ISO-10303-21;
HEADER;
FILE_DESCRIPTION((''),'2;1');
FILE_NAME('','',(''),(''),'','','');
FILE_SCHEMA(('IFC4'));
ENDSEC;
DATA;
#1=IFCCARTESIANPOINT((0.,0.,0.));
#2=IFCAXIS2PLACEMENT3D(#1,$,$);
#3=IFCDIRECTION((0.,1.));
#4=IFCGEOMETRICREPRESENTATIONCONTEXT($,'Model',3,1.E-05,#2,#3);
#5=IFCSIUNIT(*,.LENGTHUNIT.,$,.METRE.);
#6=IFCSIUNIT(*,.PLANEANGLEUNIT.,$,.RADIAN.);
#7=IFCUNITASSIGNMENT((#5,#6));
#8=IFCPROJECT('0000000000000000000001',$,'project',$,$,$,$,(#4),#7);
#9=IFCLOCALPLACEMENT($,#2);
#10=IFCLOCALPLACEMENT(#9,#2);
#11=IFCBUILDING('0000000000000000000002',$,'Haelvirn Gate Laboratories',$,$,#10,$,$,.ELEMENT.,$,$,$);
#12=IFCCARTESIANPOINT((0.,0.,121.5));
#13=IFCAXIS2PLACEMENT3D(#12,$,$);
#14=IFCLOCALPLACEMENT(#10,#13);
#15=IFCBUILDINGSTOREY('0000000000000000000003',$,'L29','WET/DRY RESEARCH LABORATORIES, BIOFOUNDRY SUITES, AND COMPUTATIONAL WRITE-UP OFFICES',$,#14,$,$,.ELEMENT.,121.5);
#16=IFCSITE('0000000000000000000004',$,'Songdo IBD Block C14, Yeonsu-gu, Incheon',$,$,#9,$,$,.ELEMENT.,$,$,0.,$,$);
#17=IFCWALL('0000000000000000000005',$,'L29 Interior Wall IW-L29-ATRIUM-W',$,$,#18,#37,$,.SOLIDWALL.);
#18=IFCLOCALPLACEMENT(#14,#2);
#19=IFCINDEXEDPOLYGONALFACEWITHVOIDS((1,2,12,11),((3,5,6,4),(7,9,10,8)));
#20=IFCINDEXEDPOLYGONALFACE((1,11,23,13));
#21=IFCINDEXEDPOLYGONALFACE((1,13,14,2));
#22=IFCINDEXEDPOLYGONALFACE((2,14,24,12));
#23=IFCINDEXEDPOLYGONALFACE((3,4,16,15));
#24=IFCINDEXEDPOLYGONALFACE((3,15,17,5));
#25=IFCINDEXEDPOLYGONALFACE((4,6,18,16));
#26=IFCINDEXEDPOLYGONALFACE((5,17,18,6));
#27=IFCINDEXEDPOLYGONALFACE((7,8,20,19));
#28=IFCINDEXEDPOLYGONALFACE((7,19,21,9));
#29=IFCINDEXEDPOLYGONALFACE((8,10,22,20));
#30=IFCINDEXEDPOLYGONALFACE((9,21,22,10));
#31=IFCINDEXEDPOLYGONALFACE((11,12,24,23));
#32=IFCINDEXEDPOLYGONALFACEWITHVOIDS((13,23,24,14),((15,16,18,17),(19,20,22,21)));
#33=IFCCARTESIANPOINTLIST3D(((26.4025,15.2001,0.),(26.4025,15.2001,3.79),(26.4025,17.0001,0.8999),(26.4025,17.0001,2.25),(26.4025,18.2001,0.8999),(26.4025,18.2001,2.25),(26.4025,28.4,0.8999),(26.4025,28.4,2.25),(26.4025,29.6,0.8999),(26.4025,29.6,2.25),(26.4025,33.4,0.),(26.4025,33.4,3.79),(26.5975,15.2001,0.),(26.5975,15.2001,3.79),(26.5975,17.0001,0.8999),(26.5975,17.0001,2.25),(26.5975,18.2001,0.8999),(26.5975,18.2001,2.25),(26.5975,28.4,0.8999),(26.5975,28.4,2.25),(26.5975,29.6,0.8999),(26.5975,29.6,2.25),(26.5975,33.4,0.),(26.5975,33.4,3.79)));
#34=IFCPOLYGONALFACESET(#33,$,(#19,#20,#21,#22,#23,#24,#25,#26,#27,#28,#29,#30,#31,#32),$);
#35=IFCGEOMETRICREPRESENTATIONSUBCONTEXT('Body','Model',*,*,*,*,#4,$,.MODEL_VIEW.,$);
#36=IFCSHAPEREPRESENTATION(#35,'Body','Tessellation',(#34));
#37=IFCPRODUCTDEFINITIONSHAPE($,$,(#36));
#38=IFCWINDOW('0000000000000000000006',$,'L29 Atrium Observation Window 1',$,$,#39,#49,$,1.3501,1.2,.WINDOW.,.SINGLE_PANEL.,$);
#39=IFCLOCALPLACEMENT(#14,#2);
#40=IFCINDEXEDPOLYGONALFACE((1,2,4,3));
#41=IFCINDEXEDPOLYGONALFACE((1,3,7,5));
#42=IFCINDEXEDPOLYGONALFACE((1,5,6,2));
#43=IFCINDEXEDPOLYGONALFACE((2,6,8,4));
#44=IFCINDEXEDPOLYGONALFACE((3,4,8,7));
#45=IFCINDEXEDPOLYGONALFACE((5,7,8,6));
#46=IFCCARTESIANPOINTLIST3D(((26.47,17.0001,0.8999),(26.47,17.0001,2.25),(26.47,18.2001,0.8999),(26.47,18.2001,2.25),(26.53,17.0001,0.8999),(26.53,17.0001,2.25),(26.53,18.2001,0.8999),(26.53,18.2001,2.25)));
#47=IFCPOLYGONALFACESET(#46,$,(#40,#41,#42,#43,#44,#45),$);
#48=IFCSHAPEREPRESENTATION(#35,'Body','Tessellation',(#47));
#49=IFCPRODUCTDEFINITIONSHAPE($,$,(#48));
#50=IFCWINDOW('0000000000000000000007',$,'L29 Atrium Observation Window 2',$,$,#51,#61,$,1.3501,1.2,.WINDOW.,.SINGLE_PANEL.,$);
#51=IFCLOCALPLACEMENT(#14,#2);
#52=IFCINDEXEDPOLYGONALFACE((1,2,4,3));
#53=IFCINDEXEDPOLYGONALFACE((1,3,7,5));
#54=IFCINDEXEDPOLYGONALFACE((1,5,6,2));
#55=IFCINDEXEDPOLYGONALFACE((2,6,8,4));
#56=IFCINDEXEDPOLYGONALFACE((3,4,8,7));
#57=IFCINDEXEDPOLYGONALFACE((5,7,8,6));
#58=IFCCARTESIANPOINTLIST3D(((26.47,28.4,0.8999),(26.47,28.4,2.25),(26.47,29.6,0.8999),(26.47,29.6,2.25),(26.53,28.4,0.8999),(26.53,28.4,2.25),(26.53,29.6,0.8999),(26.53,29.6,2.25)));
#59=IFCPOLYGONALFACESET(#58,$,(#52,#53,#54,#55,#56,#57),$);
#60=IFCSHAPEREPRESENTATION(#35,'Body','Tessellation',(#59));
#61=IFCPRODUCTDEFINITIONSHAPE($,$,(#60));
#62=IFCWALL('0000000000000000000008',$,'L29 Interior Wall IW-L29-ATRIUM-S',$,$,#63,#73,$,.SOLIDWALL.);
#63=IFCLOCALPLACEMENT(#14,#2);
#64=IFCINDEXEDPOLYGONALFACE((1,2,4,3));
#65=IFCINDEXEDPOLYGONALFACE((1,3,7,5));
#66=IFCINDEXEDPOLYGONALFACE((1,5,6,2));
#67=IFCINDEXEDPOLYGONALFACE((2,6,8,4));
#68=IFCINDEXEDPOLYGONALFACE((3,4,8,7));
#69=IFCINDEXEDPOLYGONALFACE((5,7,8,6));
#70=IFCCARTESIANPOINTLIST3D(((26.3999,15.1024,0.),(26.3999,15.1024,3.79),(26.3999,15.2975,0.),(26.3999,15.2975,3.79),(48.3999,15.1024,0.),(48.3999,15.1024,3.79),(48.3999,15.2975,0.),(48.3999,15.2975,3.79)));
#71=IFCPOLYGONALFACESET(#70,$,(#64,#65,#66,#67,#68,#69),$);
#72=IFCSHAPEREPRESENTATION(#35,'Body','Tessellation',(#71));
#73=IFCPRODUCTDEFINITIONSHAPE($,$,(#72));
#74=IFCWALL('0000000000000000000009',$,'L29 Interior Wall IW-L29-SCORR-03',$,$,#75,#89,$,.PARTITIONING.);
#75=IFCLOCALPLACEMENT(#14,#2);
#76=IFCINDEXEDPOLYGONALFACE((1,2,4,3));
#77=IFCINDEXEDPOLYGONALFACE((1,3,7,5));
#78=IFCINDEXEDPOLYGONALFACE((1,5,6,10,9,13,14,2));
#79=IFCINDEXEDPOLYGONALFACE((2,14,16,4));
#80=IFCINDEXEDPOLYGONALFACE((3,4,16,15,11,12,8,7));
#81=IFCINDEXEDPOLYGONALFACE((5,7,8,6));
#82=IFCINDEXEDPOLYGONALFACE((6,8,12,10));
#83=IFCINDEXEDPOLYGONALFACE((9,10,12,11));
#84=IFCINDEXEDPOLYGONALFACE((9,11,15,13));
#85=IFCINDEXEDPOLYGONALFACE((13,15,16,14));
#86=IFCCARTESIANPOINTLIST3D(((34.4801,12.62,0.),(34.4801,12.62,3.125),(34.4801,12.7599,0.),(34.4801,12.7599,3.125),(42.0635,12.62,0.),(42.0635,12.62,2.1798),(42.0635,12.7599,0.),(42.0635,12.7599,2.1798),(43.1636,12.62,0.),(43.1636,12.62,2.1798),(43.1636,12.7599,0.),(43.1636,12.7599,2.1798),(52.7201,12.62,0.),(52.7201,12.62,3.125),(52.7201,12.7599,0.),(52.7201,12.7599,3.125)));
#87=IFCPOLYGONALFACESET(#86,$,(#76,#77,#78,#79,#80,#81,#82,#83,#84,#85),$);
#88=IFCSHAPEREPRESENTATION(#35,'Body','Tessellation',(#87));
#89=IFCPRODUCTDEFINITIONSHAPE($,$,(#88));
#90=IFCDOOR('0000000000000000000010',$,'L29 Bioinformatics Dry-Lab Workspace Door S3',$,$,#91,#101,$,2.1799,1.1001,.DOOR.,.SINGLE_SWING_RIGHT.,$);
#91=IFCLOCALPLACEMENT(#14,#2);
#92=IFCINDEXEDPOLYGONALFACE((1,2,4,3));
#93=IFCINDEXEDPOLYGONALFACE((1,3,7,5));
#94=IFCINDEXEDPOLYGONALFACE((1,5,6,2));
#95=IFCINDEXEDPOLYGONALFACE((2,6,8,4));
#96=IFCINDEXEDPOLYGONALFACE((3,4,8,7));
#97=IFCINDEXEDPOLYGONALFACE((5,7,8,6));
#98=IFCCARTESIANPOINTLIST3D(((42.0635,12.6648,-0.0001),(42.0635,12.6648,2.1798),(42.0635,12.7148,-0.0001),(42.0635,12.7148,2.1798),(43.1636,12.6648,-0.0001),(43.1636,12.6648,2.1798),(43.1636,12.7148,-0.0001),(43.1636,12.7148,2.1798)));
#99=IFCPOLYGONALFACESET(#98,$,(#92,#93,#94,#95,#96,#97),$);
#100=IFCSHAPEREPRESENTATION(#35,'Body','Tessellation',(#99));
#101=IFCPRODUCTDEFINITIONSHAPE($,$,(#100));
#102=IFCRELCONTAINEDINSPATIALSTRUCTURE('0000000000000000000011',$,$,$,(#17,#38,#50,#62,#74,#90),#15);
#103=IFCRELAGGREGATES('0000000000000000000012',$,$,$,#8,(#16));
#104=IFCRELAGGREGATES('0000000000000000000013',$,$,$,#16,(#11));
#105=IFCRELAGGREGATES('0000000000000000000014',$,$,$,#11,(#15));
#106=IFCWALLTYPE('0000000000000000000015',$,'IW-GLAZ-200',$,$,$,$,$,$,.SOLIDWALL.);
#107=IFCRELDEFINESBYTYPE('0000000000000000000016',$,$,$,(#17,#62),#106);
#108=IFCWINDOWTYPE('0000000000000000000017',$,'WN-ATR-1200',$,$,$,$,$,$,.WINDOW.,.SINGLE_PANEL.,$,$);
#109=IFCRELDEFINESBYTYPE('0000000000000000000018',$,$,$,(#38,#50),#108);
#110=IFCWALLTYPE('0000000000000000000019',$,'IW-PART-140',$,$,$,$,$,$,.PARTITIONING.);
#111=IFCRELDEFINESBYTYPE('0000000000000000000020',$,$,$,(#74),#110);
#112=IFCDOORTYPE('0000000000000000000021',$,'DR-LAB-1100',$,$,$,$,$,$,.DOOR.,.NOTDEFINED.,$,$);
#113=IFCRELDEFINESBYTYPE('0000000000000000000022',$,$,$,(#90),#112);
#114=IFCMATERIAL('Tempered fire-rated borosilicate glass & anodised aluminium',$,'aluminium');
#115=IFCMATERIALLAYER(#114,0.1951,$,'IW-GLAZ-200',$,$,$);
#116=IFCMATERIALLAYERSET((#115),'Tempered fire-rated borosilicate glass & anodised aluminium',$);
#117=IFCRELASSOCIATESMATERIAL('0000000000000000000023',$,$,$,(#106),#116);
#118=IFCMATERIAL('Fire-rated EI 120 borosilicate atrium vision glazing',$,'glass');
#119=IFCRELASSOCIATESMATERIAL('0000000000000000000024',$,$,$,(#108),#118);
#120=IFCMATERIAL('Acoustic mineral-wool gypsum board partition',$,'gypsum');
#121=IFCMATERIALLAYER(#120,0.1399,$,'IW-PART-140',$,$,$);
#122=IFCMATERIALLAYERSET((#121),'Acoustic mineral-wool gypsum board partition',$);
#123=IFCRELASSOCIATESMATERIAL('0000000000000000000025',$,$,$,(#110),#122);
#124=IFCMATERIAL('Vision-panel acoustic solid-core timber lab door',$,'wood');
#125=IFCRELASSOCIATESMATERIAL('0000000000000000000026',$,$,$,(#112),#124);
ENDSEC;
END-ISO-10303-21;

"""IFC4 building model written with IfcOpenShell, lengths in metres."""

from ifc_helpers import new_model, si_unit, direction, frame, frame_2d, origin, place, context, subcontext, project, spatial, rectangle, extrude, source, transform, mapped, material, layer, layer_set, type_object, type_shapes, element, fill, save


model = new_model("IFC4")

# Units and contexts
model_context = context("Model", 3, precision=1e-05, world=origin(), true_north=direction((0.0, 1.0)))
body_context = subcontext(model_context, "Body", "Model", "MODEL_VIEW")
ifc_project = project(units=[si_unit("LENGTHUNIT", "METRE"), si_unit("PLANEANGLEUNIT", "RADIAN")], contexts=[model_context])

# Site, building, storey
site_placement = place(None, origin())
site = spatial("IfcSite", under=ifc_project, at=site_placement, Name="Songdo IBD Block C14, Yeonsu-gu, Incheon", CompositionType="ELEMENT", RefElevation=0.0)
building_placement = place(site_placement, origin())
building = spatial("IfcBuilding", under=site, at=building_placement, Name="Haelvirn Gate Laboratories", CompositionType="ELEMENT")
storey_placement = place(building_placement, frame((0.0, 0.0, 121.5)))
storey = spatial("IfcBuildingStorey", under=building, at=storey_placement, Name="L29", Description="WET/DRY RESEARCH LABORATORIES, BIOFOUNDRY SUITES, AND COMPUTATIONAL WRITE-UP OFFICES", CompositionType="ELEMENT", Elevation=121.5)

# Wall, openings, windows
ifc_material_1 = material(Name="Tempered fire-rated borosilicate glass & anodised aluminium", Category="aluminium")
ifc_layer_1 = layer(ifc_material_1, 0.1951, Name="IW-GLAZ-200")
ifc_layer_set_1 = layer_set([ifc_layer_1], Name="Tempered fire-rated borosilicate glass & anodised aluminium")
wall_type_1 = type_object("IfcWallType", Name="IW-GLAZ-200", PredefinedType="SOLIDWALL", material=ifc_layer_set_1)
wall_1_placement = place(storey_placement, frame((26.5, 15.2, 0.0), z_axis=(0.0, 0.0, 1.0), x_axis=(0.0, 1.0, 0.0)))
wall_1 = element("IfcWall", 1, at=wall_1_placement, inside=storey, type_object=wall_type_1, Name="L29 Interior Wall IW-L29-ATRIUM-W", PredefinedType="SOLIDWALL", context=body_context, shape_type="SweptSolid", body=[
    extrude(rectangle(XDim=18.2, YDim=0.1951, at=frame_2d((9.1001, 0.0))), origin(), (0.0, 0.0, 1.0), 3.79),
])
opening_1_placement = place(wall_1_placement, frame((1.8, 0.0, 0.8999)))
opening_1 = element("IfcOpeningElement", 2, at=opening_1_placement, cuts=wall_1, PredefinedType="OPENING", context=body_context, shape_type="SweptSolid", body=[
    extrude(rectangle(XDim=1.2, YDim=1.3501, at=frame_2d((0.6001, 0.675))), frame((0.0, 0.1074, 0.0), z_axis=(0.0, -1.0, 0.0), x_axis=(1.0, 0.0, 0.0)), (0.0, 0.0, 1.0), 0.2151),
])
opening_2_placement = place(wall_1_placement, frame((13.2, 0.0, 0.8999)))
opening_2 = element("IfcOpeningElement", 3, at=opening_2_placement, cuts=wall_1, PredefinedType="OPENING", context=body_context, shape_type="SweptSolid", body=[
    extrude(rectangle(XDim=1.2, YDim=1.3501, at=frame_2d((0.6001, 0.675))), frame((0.0, 0.1074, 0.0), z_axis=(0.0, -1.0, 0.0), x_axis=(1.0, 0.0, 0.0)), (0.0, 0.0, 1.0), 0.2151),
])
ifc_material_2 = material(Name="Fire-rated EI 120 borosilicate atrium vision glazing", Category="glass")
window_type = type_object("IfcWindowType", Name="WN-ATR-1200", PartitioningType="SINGLE_PANEL", PredefinedType="WINDOW", material=ifc_material_2)
shared_shape_1 = source(origin(), body_context, "Body", "SweptSolid", [
    extrude(rectangle(XDim=1.2, YDim=1.3501, at=frame_2d((0.6001, 0.675))), frame((0.0, 0.03, 0.0), z_axis=(0.0, -1.0, 0.0), x_axis=(1.0, 0.0, 0.0)), (0.0, 0.0, 1.0), 0.0601),
])
type_shapes(window_type, [shared_shape_1])
window_1_placement = place(opening_1_placement, origin())
window_1 = element("IfcWindow", 4, at=window_1_placement, inside=storey, type_object=window_type, Name="L29 Atrium Observation Window 1", OverallHeight=1.3501, OverallWidth=1.2, PartitioningType="SINGLE_PANEL", PredefinedType="WINDOW", context=body_context, shape_type="MappedRepresentation", body=[
    mapped(shared_shape_1, transform((0.0, 0.0, 0.0), scale=1.0)),
])
fill(opening_1, window_1)
window_2_placement = place(opening_2_placement, origin())
window_2 = element("IfcWindow", 5, at=window_2_placement, inside=storey, type_object=window_type, Name="L29 Atrium Observation Window 2", OverallHeight=1.3501, OverallWidth=1.2, PartitioningType="SINGLE_PANEL", PredefinedType="WINDOW", context=body_context, shape_type="MappedRepresentation", body=[
    mapped(shared_shape_1, transform((0.0, 0.0, 0.0), scale=1.0)),
])
fill(opening_2, window_2)

# Wall
wall_2_placement = place(storey_placement, frame((26.3999, 15.2, 0.0), z_axis=(0.0, 0.0, 1.0), x_axis=(1.0, 0.0, 0.0)))
element("IfcWall", 6, at=wall_2_placement, inside=storey, type_object=wall_type_1, Name="L29 Interior Wall IW-L29-ATRIUM-S", PredefinedType="SOLIDWALL", context=body_context, shape_type="SweptSolid", body=[
    extrude(rectangle(XDim=22.0, YDim=0.1951, at=frame_2d((11.0, 0.0))), origin(), (0.0, 0.0, 1.0), 3.79),
])

# Wall, opening, door
ifc_material_3 = material(Name="Acoustic mineral-wool gypsum board partition", Category="gypsum")
ifc_layer_2 = layer(ifc_material_3, 0.1399, Name="IW-PART-140")
ifc_layer_set_2 = layer_set([ifc_layer_2], Name="Acoustic mineral-wool gypsum board partition")
wall_type_2 = type_object("IfcWallType", Name="IW-PART-140", PredefinedType="PARTITIONING", material=ifc_layer_set_2)
wall_3_placement = place(storey_placement, frame((34.48, 12.6899, 0.0), z_axis=(0.0, 0.0, 1.0), x_axis=(1.0, 0.0, 0.0)))
wall_3 = element("IfcWall", 7, at=wall_3_placement, inside=storey, type_object=wall_type_2, Name="L29 Interior Wall IW-L29-SCORR-03", PredefinedType="PARTITIONING", context=body_context, shape_type="SweptSolid", body=[
    extrude(rectangle(XDim=18.24, YDim=0.1399, at=frame_2d((9.1201, 0.0))), origin(), (0.0, 0.0, 1.0), 3.125),
])
opening_3_placement = place(wall_3_placement, frame((7.5835, 0.0, 0.0)))
opening_3 = element("IfcOpeningElement", 8, at=opening_3_placement, cuts=wall_3, PredefinedType="OPENING", context=body_context, shape_type="SweptSolid", body=[
    extrude(rectangle(XDim=1.1001, YDim=2.1799, at=frame_2d((0.55, 1.0898))), frame((0.0, 0.0801, 0.0), z_axis=(0.0, -1.0, 0.0), x_axis=(1.0, 0.0, 0.0)), (0.0, 0.0, 1.0), 0.1599),
])
ifc_material_4 = material(Name="Vision-panel acoustic solid-core timber lab door", Category="wood")
door_type = type_object("IfcDoorType", Name="DR-LAB-1100", OperationType="NOTDEFINED", PredefinedType="DOOR", material=ifc_material_4)
shared_shape_2 = source(origin(), body_context, "Body", "SweptSolid", [
    extrude(rectangle(XDim=1.1001, YDim=2.1799, at=frame_2d((0.55, 1.0898))), frame((0.0, 0.0249, 0.0), z_axis=(0.0, -1.0, 0.0), x_axis=(1.0, 0.0, 0.0)), (0.0, 0.0, 1.0), 0.05),
])
type_shapes(door_type, [shared_shape_2])
door_placement = place(opening_3_placement, origin())
door = element("IfcDoor", 9, at=door_placement, inside=storey, type_object=door_type, Name="L29 Bioinformatics Dry-Lab Workspace Door S3", OperationType="SINGLE_SWING_RIGHT", OverallHeight=2.1799, OverallWidth=1.1001, PredefinedType="DOOR", context=body_context, shape_type="MappedRepresentation", body=[
    mapped(shared_shape_2, transform((0.0, 0.0, 0.0), scale=1.0)),
])
fill(opening_3, door)

save(model, "model.ifc")
